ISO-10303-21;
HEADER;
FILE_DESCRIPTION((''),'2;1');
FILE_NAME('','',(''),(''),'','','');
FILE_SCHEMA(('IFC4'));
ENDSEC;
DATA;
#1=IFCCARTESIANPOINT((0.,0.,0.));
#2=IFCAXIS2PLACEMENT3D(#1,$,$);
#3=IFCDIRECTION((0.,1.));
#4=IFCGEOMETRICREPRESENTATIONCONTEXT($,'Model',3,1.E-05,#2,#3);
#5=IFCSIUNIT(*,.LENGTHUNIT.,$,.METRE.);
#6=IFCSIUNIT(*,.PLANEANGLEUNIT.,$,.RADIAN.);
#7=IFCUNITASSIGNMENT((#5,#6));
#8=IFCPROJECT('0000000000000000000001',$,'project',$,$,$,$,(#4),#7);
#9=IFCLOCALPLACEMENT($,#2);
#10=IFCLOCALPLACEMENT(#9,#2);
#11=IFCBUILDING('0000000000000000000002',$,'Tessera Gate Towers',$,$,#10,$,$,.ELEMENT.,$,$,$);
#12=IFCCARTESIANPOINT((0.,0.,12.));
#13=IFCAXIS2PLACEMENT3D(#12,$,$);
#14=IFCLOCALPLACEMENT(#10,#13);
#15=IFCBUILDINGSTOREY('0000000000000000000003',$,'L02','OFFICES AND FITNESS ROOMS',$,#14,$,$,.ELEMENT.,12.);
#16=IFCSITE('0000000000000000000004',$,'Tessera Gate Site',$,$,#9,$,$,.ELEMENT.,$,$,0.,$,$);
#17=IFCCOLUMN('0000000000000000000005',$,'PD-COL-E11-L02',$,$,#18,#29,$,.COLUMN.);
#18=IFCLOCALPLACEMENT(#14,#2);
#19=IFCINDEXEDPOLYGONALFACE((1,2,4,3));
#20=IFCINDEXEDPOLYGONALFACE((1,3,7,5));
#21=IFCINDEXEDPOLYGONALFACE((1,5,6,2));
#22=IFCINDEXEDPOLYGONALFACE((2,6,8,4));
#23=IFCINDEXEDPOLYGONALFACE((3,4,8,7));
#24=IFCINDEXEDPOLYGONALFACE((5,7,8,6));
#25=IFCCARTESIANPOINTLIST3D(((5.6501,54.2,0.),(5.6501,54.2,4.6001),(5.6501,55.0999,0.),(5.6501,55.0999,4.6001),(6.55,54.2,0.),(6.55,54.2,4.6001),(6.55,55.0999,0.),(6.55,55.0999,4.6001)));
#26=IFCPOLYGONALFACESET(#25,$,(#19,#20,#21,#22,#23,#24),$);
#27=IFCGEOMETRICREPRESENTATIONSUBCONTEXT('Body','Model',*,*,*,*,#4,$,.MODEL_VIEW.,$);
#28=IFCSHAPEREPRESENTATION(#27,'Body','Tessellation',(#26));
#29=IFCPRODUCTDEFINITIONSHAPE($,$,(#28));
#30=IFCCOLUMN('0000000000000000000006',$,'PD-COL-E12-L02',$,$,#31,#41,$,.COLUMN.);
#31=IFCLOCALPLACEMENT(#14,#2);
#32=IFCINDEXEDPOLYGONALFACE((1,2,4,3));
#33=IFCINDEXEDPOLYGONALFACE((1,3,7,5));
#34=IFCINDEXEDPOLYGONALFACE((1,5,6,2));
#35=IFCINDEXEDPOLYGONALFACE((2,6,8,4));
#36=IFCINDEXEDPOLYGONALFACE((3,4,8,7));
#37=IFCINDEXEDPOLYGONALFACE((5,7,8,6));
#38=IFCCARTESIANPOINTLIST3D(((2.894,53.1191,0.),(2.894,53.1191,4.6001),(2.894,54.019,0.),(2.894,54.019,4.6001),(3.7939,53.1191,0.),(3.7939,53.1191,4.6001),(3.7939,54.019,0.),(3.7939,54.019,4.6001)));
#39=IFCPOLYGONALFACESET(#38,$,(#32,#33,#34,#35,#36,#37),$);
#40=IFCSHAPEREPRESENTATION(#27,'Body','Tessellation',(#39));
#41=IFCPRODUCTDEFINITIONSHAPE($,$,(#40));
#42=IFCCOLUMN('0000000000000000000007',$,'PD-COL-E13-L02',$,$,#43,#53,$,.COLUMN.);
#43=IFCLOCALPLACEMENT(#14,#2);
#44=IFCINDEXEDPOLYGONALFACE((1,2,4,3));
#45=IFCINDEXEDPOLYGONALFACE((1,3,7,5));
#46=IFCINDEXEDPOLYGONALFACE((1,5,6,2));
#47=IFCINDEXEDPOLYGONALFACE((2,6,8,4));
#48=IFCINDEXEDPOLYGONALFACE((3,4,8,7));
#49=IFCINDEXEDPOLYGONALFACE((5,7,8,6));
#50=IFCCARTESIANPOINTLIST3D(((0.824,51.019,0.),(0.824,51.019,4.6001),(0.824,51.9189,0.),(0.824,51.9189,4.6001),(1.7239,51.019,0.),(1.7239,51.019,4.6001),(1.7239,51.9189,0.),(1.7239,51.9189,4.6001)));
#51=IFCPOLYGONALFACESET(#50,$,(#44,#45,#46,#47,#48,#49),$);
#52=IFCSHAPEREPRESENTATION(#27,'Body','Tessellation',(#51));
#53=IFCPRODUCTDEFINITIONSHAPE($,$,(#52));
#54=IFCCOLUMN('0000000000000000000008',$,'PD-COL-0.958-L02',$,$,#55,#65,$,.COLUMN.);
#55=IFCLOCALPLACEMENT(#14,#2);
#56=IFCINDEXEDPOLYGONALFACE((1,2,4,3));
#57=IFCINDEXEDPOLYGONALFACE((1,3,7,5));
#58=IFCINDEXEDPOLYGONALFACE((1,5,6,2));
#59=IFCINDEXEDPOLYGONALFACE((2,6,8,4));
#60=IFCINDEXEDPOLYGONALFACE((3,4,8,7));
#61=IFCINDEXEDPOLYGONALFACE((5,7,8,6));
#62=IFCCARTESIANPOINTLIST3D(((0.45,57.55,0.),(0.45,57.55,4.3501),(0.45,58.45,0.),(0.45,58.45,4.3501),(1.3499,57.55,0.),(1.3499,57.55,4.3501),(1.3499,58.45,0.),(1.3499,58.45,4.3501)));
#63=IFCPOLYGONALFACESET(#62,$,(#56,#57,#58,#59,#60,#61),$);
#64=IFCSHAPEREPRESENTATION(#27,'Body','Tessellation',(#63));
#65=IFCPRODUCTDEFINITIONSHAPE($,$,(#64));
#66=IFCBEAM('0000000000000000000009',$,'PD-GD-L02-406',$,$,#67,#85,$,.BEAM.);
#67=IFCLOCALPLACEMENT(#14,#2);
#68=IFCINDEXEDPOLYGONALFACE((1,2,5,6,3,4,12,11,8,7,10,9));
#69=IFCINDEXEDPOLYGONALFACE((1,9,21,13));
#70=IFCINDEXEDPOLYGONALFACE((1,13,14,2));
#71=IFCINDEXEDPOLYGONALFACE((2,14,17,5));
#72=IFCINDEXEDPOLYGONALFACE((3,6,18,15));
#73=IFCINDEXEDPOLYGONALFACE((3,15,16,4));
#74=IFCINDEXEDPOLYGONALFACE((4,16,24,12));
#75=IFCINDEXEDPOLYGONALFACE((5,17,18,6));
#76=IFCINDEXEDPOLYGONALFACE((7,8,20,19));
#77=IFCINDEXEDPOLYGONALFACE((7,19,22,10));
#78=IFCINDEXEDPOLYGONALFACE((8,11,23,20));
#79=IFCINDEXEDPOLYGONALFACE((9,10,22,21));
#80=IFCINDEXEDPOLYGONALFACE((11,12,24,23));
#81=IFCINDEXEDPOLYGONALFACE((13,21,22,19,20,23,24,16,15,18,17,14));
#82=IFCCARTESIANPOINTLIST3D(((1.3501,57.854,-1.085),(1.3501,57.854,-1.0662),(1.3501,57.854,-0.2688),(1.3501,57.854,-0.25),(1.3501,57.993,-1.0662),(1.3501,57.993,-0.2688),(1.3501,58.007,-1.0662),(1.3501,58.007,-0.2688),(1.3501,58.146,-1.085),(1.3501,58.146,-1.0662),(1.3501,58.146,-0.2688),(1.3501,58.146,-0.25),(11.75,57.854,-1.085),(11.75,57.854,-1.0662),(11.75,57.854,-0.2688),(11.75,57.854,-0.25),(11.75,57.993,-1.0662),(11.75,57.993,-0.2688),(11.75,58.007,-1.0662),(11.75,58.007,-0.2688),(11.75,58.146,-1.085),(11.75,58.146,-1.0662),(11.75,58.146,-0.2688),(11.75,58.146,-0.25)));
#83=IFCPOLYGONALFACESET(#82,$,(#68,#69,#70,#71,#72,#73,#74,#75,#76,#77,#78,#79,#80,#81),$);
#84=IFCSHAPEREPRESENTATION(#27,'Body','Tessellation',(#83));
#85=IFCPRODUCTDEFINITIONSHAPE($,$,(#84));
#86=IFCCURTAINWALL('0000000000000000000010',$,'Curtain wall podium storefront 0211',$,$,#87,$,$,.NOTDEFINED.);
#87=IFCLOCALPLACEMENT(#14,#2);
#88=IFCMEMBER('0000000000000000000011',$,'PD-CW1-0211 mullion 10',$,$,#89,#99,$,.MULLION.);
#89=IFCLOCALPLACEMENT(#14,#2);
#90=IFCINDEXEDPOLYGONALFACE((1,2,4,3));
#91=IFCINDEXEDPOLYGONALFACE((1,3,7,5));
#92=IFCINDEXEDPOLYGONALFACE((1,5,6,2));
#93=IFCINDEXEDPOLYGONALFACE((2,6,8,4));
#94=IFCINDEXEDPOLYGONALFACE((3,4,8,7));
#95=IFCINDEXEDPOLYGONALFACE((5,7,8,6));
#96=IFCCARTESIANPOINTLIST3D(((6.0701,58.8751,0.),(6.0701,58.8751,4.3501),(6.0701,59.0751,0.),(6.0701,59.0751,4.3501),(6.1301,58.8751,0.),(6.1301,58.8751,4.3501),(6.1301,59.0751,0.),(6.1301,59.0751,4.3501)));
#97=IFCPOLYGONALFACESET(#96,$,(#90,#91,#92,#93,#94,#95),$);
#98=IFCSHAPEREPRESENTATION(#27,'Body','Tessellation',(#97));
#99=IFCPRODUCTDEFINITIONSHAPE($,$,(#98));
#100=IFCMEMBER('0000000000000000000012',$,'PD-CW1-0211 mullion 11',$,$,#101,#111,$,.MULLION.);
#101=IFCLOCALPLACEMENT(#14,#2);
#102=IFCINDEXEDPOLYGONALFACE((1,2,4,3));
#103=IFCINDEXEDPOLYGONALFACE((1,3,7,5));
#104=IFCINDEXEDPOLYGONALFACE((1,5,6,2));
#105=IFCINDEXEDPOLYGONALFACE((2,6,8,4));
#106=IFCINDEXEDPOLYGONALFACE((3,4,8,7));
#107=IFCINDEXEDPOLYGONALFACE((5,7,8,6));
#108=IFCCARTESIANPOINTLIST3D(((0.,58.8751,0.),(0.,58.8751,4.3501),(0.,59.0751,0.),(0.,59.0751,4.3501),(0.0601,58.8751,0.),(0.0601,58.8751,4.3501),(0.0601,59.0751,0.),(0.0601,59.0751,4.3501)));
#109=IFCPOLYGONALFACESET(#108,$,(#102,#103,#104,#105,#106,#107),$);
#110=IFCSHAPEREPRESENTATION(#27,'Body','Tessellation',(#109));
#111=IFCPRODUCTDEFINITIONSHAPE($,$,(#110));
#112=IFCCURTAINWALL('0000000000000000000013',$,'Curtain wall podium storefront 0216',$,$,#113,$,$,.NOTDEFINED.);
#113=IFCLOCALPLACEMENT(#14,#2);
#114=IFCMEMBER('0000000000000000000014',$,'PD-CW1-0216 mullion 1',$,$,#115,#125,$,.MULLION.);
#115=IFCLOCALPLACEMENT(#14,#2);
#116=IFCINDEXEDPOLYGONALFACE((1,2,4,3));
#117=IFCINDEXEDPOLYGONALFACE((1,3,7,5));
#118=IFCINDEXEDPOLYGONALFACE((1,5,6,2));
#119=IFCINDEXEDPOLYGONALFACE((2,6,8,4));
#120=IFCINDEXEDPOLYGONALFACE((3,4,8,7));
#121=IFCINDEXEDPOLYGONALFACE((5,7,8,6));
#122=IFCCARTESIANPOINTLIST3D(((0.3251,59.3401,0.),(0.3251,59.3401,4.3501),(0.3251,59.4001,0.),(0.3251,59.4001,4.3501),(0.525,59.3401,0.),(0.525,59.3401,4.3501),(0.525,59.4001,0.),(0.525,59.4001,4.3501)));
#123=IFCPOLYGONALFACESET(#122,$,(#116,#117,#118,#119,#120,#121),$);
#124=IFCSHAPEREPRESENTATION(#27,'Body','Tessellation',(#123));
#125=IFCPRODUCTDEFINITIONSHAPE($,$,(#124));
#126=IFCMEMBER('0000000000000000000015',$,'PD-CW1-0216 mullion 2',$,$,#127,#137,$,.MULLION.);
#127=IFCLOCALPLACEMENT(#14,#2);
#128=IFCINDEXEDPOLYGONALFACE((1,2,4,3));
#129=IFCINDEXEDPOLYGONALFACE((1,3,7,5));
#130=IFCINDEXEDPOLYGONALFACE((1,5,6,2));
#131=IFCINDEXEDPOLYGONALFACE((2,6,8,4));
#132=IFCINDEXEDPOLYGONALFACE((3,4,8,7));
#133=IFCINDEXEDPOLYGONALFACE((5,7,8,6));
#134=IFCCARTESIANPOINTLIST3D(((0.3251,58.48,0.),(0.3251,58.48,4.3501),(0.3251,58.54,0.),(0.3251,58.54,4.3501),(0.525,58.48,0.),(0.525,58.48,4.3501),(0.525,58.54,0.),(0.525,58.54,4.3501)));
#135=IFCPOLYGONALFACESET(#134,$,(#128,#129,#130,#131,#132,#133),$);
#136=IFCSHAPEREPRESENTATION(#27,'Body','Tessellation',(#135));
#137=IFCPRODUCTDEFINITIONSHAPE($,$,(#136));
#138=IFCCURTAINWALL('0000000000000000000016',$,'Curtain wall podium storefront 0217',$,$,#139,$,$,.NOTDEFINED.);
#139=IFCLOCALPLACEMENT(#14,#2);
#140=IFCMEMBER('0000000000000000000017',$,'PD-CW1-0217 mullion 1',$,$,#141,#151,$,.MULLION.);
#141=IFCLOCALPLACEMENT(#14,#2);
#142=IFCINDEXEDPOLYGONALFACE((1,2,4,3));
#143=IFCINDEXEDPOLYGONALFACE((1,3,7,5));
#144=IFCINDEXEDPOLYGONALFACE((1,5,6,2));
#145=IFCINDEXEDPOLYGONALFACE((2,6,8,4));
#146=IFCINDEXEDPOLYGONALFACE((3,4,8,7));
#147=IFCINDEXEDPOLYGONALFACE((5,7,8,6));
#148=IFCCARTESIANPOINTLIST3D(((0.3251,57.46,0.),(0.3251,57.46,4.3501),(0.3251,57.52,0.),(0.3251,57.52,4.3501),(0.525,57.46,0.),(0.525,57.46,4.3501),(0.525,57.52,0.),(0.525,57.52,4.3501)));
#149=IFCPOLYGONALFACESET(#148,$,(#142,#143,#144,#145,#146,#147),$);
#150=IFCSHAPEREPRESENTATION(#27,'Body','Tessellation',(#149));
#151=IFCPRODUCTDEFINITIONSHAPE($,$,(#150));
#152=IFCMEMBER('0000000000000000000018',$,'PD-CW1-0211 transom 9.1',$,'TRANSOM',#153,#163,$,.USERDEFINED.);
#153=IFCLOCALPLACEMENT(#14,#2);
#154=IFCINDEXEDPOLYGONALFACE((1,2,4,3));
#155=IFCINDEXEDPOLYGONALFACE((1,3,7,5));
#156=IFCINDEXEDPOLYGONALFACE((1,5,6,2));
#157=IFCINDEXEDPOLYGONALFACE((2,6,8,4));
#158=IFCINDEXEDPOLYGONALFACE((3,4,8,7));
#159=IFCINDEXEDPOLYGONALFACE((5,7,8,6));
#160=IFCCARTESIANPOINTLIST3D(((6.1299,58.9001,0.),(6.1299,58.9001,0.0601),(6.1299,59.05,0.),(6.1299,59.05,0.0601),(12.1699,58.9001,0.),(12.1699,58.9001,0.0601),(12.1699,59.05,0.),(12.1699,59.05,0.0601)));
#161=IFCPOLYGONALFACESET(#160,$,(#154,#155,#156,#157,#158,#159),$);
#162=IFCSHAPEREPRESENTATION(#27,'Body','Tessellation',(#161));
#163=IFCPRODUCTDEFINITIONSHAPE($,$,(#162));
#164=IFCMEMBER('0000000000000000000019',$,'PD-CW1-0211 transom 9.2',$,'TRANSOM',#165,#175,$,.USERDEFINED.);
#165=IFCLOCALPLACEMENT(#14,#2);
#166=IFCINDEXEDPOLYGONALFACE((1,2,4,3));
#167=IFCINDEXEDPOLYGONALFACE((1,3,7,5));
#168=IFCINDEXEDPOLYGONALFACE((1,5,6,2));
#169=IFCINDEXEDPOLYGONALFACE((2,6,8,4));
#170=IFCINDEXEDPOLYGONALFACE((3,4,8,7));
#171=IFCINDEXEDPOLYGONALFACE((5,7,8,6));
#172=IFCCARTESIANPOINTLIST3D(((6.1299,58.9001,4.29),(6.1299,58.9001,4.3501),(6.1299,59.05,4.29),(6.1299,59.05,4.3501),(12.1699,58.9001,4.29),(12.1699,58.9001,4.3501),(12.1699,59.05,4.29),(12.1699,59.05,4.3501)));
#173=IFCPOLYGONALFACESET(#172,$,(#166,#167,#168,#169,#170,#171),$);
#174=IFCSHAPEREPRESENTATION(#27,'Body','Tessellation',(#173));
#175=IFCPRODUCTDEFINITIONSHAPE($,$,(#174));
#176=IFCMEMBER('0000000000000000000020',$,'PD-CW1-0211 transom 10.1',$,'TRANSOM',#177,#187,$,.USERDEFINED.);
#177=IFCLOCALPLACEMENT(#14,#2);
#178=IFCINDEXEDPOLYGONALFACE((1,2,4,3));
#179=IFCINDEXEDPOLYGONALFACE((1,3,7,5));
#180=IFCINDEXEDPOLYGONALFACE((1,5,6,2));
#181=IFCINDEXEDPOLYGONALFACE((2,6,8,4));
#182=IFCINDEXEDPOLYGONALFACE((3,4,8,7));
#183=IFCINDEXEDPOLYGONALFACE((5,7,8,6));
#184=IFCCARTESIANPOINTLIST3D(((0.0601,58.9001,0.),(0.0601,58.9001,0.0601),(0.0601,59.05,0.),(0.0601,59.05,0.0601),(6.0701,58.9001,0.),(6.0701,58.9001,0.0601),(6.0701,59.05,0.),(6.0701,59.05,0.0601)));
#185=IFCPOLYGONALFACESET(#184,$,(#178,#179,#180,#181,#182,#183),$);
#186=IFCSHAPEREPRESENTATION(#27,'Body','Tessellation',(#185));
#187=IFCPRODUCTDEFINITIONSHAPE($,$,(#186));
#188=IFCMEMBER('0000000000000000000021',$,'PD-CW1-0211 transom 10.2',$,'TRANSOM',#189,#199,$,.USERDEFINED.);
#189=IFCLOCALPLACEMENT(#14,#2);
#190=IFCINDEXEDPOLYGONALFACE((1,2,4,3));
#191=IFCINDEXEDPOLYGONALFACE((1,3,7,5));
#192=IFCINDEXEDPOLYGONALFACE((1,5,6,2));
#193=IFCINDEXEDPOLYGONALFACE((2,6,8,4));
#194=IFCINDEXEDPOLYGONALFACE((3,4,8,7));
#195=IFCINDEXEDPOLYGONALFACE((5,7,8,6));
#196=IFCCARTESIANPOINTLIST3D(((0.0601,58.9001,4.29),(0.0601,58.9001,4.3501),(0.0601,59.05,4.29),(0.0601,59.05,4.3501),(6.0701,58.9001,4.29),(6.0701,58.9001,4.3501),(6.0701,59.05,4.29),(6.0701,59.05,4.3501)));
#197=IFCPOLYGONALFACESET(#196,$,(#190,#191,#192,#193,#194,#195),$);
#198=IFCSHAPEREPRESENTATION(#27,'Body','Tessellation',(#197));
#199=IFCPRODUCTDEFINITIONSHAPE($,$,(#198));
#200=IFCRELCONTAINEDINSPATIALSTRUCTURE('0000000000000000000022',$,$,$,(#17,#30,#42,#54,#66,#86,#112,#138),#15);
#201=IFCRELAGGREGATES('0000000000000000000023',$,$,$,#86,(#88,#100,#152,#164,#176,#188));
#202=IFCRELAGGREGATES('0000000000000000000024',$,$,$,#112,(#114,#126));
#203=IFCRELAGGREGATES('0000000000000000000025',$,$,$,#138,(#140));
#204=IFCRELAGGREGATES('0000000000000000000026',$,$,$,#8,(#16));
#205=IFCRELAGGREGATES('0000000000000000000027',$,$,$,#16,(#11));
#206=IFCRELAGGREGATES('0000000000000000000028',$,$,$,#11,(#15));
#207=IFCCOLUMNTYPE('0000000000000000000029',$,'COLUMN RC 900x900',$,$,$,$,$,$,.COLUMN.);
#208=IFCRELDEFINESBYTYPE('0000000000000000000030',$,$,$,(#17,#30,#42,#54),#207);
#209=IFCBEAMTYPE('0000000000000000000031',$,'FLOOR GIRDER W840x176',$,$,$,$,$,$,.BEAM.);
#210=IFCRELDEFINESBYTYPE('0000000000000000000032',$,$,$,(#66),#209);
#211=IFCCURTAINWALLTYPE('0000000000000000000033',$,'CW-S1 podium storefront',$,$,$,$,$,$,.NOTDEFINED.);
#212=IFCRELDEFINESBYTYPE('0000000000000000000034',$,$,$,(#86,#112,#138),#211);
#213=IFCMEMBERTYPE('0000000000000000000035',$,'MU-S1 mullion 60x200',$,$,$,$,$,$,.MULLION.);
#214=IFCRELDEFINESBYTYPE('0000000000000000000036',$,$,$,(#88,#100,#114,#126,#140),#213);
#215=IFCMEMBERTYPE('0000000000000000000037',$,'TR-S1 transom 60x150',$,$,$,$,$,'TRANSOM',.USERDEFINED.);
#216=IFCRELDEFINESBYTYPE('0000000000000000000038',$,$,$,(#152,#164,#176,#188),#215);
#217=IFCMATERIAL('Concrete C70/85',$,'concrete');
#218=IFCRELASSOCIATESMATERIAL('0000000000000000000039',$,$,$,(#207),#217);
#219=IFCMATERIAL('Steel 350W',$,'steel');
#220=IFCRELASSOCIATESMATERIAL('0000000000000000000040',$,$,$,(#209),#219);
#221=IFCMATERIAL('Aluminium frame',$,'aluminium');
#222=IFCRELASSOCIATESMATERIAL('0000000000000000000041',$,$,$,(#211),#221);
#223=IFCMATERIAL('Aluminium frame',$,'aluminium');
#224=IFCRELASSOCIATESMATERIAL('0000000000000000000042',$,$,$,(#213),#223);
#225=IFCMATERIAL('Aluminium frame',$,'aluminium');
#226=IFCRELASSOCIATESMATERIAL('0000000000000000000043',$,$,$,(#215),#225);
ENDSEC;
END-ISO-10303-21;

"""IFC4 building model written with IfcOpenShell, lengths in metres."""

from ifc_helpers import new_model, si_unit, direction, frame, origin, origin_2d, place, context, subcontext, project, spatial, rectangle, i_section, extrude, material, material_profile, profile_set, type_object, element, aggregate, save


model = new_model("IFC4")

# Units and contexts
model_context = context("Model", 3, precision=1e-05, world=origin(), true_north=direction((0.0, 1.0)))
body_context = subcontext(model_context, "Body", "Model", "MODEL_VIEW")
ifc_project = project(units=[si_unit("LENGTHUNIT", "METRE"), si_unit("PLANEANGLEUNIT", "RADIAN")], contexts=[model_context])

# Site, building, storey
site_placement = place(None, origin())
site = spatial("IfcSite", under=ifc_project, at=site_placement, Name="Tessera Gate Site", CompositionType="ELEMENT", RefElevation=0.0)
building_placement = place(site_placement, origin())
building = spatial("IfcBuilding", under=site, at=building_placement, Name="Tessera Gate Towers", CompositionType="ELEMENT")
storey_placement = place(building_placement, frame((0.0, 0.0, 12.0)))
storey = spatial("IfcBuildingStorey", under=building, at=storey_placement, Name="L02", Description="OFFICES AND FITNESS ROOMS", CompositionType="ELEMENT", Elevation=12.0)

# Columns
ifc_material_1 = material(Name="Concrete C70/85", Category="concrete")
ifc_material_profile_1 = material_profile(ifc_material_1, rectangle(XDim=0.8999, YDim=0.8999, at=origin_2d()), Name="RC 900x900")
ifc_profile_set_1 = profile_set([ifc_material_profile_1], Name="Concrete C70/85")
column_type = type_object("IfcColumnType", Name="COLUMN RC 900x900", PredefinedType="COLUMN", material=ifc_profile_set_1)
for number, where, z_axis, x_axis, name in (
    (1, (6.1001, 54.6499, 0.0), (0.0, 0.0, 1.0), (1.0, 0.0, 0.0), "PD-COL-E11-L02"),
    (2, (3.344, 53.5691, 0.0), (0.0, 0.0, 1.0), (1.0, 0.0, 0.0), "PD-COL-E12-L02"),
    (3, (1.2739, 51.469, 0.0), (0.0, 0.0, 1.0), (1.0, 0.0, 0.0), "PD-COL-E13-L02"),
):
    element("IfcColumn", number, at=place(storey_placement, frame(where, z_axis=z_axis, x_axis=x_axis)), inside=storey, type_object=column_type, Name=name, PredefinedType="COLUMN", context=body_context, shape_type="SweptSolid", body=[
        extrude(rectangle(XDim=0.8999, YDim=0.8999, at=origin_2d()), origin(), (0.0, 0.0, 1.0), 4.6001),
    ])
column_placement = place(storey_placement, frame((0.8999, 58.0, 0.0), z_axis=(0.0, 0.0, 1.0), x_axis=(1.0, 0.0, 0.0)))
element("IfcColumn", 4, at=column_placement, inside=storey, type_object=column_type, Name="PD-COL-0.958-L02", PredefinedType="COLUMN", context=body_context, shape_type="SweptSolid", body=[
    extrude(rectangle(XDim=0.8999, YDim=0.8999, at=origin_2d()), origin(), (0.0, 0.0, 1.0), 4.3501),
])

# Beam
ifc_material_2 = material(Name="Steel 350W", Category="steel")
ifc_material_profile_2 = material_profile(ifc_material_2, i_section(OverallWidth=0.292, OverallDepth=0.835, WebThickness=0.0139, FlangeThickness=0.0188, at=origin_2d()), Name="W840x176")
ifc_profile_set_2 = profile_set([ifc_material_profile_2], Name="Steel 350W")
beam_type = type_object("IfcBeamType", Name="FLOOR GIRDER W840x176", PredefinedType="BEAM", material=ifc_profile_set_2)
beam_placement = place(storey_placement, frame((1.3501, 58.0, -0.6675), z_axis=(1.0, 0.0, 0.0), x_axis=(0.0, 1.0, 0.0)))
element("IfcBeam", 5, at=beam_placement, inside=storey, type_object=beam_type, Name="PD-GD-L02-406", PredefinedType="BEAM", context=body_context, shape_type="SweptSolid", body=[
    extrude(i_section(OverallWidth=0.292, OverallDepth=0.835, WebThickness=0.0139, FlangeThickness=0.0188, at=origin_2d()), origin(), (0.0, 0.0, 1.0), 10.3999),
])

# Curtain walls, members
ifc_material_3 = material(Name="Aluminium frame", Category="aluminium")
curtain_wall_type = type_object("IfcCurtainWallType", Name="CW-S1 podium storefront", PredefinedType="NOTDEFINED", material=ifc_material_3)
curtain_wall_1_placement = place(storey_placement, origin())
curtain_wall_1 = element("IfcCurtainWall", 6, at=curtain_wall_1_placement, inside=storey, type_object=curtain_wall_type, Name="Curtain wall podium storefront 0211", PredefinedType="NOTDEFINED")
ifc_material_4 = material(Name="Aluminium frame", Category="aluminium")
ifc_material_profile_3 = material_profile(ifc_material_4, rectangle(XDim=0.0601, YDim=0.2, at=origin_2d()), Name="AL 60x200")
ifc_profile_set_3 = profile_set([ifc_material_profile_3], Name="Aluminium frame")
member_type_1 = type_object("IfcMemberType", Name="MU-S1 mullion 60x200", PredefinedType="MULLION", material=ifc_profile_set_3)
member_1_placement = place(storey_placement, frame((6.1001, 58.9751, 0.0), z_axis=(0.0, 0.0, 1.0), x_axis=(-1.0, 0.0, 0.0)))
member_1 = element("IfcMember", 7, at=member_1_placement, type_object=member_type_1, Name="PD-CW1-0211 mullion 10", PredefinedType="MULLION", context=body_context, shape_type="SweptSolid", body=[
    extrude(rectangle(XDim=0.0601, YDim=0.2, at=origin_2d()), origin(), (0.0, 0.0, 1.0), 4.3501),
])
member_2_placement = place(storey_placement, frame((0.03, 58.9751, 0.0), z_axis=(0.0, 0.0, 1.0), x_axis=(-1.0, 0.0, 0.0)))
member_2 = element("IfcMember", 8, at=member_2_placement, type_object=member_type_1, Name="PD-CW1-0211 mullion 11", PredefinedType="MULLION", context=body_context, shape_type="SweptSolid", body=[
    extrude(rectangle(XDim=0.0601, YDim=0.2, at=origin_2d()), origin(), (0.0, 0.0, 1.0), 4.3501),
])
curtain_wall_2_placement = place(storey_placement, origin())
curtain_wall_2 = element("IfcCurtainWall", 9, at=curtain_wall_2_placement, inside=storey, type_object=curtain_wall_type, Name="Curtain wall podium storefront 0216", PredefinedType="NOTDEFINED")
member_3_placement = place(storey_placement, frame((0.425, 59.3701, 0.0), z_axis=(0.0, 0.0, 1.0), x_axis=(0.0, -1.0, 0.0)))
member_3 = element("IfcMember", 10, at=member_3_placement, type_object=member_type_1, Name="PD-CW1-0216 mullion 1", PredefinedType="MULLION", context=body_context, shape_type="SweptSolid", body=[
    extrude(rectangle(XDim=0.0601, YDim=0.2, at=origin_2d()), origin(), (0.0, 0.0, 1.0), 4.3501),
])
member_4_placement = place(storey_placement, frame((0.425, 58.51, 0.0), z_axis=(0.0, 0.0, 1.0), x_axis=(0.0, -1.0, 0.0)))
member_4 = element("IfcMember", 11, at=member_4_placement, type_object=member_type_1, Name="PD-CW1-0216 mullion 2", PredefinedType="MULLION", context=body_context, shape_type="SweptSolid", body=[
    extrude(rectangle(XDim=0.0601, YDim=0.2, at=origin_2d()), origin(), (0.0, 0.0, 1.0), 4.3501),
])

# Curtain wall, member
curtain_wall_3_placement = place(storey_placement, origin())
curtain_wall_3 = element("IfcCurtainWall", 12, at=curtain_wall_3_placement, inside=storey, type_object=curtain_wall_type, Name="Curtain wall podium storefront 0217", PredefinedType="NOTDEFINED")
member_5_placement = place(storey_placement, frame((0.425, 57.49, 0.0), z_axis=(0.0, 0.0, 1.0), x_axis=(0.0, -1.0, 0.0)))
member_5 = element("IfcMember", 13, at=member_5_placement, type_object=member_type_1, Name="PD-CW1-0217 mullion 1", PredefinedType="MULLION", context=body_context, shape_type="SweptSolid", body=[
    extrude(rectangle(XDim=0.0601, YDim=0.2, at=origin_2d()), origin(), (0.0, 0.0, 1.0), 4.3501),
])

# Members
ifc_material_5 = material(Name="Aluminium frame", Category="aluminium")
ifc_material_profile_4 = material_profile(ifc_material_5, rectangle(XDim=0.1499, YDim=0.0601, at=origin_2d()), Name="AL 60x150")
ifc_profile_set_4 = profile_set([ifc_material_profile_4], Name="Aluminium frame")
member_type_2 = type_object("IfcMemberType", Name="TR-S1 transom 60x150", ElementType="TRANSOM", PredefinedType="USERDEFINED", material=ifc_profile_set_4)
member_6_placement = place(storey_placement, frame((12.1699, 58.9751, 0.03), z_axis=(-1.0, 0.0, 0.0), x_axis=(0.0, -1.0, 0.0)))
member_6 = element("IfcMember", 14, at=member_6_placement, type_object=member_type_2, Name="PD-CW1-0211 transom 9.1", ObjectType="TRANSOM", PredefinedType="USERDEFINED", context=body_context, shape_type="SweptSolid", body=[
    extrude(rectangle(XDim=0.1499, YDim=0.0601, at=origin_2d()), origin(), (0.0, 0.0, 1.0), 6.04),
])
member_7_placement = place(storey_placement, frame((12.1699, 58.9751, 4.3201), z_axis=(-1.0, 0.0, 0.0), x_axis=(0.0, -1.0, 0.0)))
member_7 = element("IfcMember", 15, at=member_7_placement, type_object=member_type_2, Name="PD-CW1-0211 transom 9.2", ObjectType="TRANSOM", PredefinedType="USERDEFINED", context=body_context, shape_type="SweptSolid", body=[
    extrude(rectangle(XDim=0.1499, YDim=0.0601, at=origin_2d()), origin(), (0.0, 0.0, 1.0), 6.04),
])
member_8_placement = place(storey_placement, frame((6.0701, 58.9751, 0.03), z_axis=(-1.0, 0.0, 0.0), x_axis=(0.0, -1.0, 0.0)))
member_8 = element("IfcMember", 16, at=member_8_placement, type_object=member_type_2, Name="PD-CW1-0211 transom 10.1", ObjectType="TRANSOM", PredefinedType="USERDEFINED", context=body_context, shape_type="SweptSolid", body=[
    extrude(rectangle(XDim=0.1499, YDim=0.0601, at=origin_2d()), origin(), (0.0, 0.0, 1.0), 6.01),
])
member_9_placement = place(storey_placement, frame((6.0701, 58.9751, 4.3201), z_axis=(-1.0, 0.0, 0.0), x_axis=(0.0, -1.0, 0.0)))
member_9 = element("IfcMember", 17, at=member_9_placement, type_object=member_type_2, Name="PD-CW1-0211 transom 10.2", ObjectType="TRANSOM", PredefinedType="USERDEFINED", context=body_context, shape_type="SweptSolid", body=[
    extrude(rectangle(XDim=0.1499, YDim=0.0601, at=origin_2d()), origin(), (0.0, 0.0, 1.0), 6.01),
])

aggregate(curtain_wall_1, [member_1, member_2, member_6, member_7, member_8, member_9])
aggregate(curtain_wall_2, [member_3, member_4])
aggregate(curtain_wall_3, [member_5])

save(model, "model.ifc")
